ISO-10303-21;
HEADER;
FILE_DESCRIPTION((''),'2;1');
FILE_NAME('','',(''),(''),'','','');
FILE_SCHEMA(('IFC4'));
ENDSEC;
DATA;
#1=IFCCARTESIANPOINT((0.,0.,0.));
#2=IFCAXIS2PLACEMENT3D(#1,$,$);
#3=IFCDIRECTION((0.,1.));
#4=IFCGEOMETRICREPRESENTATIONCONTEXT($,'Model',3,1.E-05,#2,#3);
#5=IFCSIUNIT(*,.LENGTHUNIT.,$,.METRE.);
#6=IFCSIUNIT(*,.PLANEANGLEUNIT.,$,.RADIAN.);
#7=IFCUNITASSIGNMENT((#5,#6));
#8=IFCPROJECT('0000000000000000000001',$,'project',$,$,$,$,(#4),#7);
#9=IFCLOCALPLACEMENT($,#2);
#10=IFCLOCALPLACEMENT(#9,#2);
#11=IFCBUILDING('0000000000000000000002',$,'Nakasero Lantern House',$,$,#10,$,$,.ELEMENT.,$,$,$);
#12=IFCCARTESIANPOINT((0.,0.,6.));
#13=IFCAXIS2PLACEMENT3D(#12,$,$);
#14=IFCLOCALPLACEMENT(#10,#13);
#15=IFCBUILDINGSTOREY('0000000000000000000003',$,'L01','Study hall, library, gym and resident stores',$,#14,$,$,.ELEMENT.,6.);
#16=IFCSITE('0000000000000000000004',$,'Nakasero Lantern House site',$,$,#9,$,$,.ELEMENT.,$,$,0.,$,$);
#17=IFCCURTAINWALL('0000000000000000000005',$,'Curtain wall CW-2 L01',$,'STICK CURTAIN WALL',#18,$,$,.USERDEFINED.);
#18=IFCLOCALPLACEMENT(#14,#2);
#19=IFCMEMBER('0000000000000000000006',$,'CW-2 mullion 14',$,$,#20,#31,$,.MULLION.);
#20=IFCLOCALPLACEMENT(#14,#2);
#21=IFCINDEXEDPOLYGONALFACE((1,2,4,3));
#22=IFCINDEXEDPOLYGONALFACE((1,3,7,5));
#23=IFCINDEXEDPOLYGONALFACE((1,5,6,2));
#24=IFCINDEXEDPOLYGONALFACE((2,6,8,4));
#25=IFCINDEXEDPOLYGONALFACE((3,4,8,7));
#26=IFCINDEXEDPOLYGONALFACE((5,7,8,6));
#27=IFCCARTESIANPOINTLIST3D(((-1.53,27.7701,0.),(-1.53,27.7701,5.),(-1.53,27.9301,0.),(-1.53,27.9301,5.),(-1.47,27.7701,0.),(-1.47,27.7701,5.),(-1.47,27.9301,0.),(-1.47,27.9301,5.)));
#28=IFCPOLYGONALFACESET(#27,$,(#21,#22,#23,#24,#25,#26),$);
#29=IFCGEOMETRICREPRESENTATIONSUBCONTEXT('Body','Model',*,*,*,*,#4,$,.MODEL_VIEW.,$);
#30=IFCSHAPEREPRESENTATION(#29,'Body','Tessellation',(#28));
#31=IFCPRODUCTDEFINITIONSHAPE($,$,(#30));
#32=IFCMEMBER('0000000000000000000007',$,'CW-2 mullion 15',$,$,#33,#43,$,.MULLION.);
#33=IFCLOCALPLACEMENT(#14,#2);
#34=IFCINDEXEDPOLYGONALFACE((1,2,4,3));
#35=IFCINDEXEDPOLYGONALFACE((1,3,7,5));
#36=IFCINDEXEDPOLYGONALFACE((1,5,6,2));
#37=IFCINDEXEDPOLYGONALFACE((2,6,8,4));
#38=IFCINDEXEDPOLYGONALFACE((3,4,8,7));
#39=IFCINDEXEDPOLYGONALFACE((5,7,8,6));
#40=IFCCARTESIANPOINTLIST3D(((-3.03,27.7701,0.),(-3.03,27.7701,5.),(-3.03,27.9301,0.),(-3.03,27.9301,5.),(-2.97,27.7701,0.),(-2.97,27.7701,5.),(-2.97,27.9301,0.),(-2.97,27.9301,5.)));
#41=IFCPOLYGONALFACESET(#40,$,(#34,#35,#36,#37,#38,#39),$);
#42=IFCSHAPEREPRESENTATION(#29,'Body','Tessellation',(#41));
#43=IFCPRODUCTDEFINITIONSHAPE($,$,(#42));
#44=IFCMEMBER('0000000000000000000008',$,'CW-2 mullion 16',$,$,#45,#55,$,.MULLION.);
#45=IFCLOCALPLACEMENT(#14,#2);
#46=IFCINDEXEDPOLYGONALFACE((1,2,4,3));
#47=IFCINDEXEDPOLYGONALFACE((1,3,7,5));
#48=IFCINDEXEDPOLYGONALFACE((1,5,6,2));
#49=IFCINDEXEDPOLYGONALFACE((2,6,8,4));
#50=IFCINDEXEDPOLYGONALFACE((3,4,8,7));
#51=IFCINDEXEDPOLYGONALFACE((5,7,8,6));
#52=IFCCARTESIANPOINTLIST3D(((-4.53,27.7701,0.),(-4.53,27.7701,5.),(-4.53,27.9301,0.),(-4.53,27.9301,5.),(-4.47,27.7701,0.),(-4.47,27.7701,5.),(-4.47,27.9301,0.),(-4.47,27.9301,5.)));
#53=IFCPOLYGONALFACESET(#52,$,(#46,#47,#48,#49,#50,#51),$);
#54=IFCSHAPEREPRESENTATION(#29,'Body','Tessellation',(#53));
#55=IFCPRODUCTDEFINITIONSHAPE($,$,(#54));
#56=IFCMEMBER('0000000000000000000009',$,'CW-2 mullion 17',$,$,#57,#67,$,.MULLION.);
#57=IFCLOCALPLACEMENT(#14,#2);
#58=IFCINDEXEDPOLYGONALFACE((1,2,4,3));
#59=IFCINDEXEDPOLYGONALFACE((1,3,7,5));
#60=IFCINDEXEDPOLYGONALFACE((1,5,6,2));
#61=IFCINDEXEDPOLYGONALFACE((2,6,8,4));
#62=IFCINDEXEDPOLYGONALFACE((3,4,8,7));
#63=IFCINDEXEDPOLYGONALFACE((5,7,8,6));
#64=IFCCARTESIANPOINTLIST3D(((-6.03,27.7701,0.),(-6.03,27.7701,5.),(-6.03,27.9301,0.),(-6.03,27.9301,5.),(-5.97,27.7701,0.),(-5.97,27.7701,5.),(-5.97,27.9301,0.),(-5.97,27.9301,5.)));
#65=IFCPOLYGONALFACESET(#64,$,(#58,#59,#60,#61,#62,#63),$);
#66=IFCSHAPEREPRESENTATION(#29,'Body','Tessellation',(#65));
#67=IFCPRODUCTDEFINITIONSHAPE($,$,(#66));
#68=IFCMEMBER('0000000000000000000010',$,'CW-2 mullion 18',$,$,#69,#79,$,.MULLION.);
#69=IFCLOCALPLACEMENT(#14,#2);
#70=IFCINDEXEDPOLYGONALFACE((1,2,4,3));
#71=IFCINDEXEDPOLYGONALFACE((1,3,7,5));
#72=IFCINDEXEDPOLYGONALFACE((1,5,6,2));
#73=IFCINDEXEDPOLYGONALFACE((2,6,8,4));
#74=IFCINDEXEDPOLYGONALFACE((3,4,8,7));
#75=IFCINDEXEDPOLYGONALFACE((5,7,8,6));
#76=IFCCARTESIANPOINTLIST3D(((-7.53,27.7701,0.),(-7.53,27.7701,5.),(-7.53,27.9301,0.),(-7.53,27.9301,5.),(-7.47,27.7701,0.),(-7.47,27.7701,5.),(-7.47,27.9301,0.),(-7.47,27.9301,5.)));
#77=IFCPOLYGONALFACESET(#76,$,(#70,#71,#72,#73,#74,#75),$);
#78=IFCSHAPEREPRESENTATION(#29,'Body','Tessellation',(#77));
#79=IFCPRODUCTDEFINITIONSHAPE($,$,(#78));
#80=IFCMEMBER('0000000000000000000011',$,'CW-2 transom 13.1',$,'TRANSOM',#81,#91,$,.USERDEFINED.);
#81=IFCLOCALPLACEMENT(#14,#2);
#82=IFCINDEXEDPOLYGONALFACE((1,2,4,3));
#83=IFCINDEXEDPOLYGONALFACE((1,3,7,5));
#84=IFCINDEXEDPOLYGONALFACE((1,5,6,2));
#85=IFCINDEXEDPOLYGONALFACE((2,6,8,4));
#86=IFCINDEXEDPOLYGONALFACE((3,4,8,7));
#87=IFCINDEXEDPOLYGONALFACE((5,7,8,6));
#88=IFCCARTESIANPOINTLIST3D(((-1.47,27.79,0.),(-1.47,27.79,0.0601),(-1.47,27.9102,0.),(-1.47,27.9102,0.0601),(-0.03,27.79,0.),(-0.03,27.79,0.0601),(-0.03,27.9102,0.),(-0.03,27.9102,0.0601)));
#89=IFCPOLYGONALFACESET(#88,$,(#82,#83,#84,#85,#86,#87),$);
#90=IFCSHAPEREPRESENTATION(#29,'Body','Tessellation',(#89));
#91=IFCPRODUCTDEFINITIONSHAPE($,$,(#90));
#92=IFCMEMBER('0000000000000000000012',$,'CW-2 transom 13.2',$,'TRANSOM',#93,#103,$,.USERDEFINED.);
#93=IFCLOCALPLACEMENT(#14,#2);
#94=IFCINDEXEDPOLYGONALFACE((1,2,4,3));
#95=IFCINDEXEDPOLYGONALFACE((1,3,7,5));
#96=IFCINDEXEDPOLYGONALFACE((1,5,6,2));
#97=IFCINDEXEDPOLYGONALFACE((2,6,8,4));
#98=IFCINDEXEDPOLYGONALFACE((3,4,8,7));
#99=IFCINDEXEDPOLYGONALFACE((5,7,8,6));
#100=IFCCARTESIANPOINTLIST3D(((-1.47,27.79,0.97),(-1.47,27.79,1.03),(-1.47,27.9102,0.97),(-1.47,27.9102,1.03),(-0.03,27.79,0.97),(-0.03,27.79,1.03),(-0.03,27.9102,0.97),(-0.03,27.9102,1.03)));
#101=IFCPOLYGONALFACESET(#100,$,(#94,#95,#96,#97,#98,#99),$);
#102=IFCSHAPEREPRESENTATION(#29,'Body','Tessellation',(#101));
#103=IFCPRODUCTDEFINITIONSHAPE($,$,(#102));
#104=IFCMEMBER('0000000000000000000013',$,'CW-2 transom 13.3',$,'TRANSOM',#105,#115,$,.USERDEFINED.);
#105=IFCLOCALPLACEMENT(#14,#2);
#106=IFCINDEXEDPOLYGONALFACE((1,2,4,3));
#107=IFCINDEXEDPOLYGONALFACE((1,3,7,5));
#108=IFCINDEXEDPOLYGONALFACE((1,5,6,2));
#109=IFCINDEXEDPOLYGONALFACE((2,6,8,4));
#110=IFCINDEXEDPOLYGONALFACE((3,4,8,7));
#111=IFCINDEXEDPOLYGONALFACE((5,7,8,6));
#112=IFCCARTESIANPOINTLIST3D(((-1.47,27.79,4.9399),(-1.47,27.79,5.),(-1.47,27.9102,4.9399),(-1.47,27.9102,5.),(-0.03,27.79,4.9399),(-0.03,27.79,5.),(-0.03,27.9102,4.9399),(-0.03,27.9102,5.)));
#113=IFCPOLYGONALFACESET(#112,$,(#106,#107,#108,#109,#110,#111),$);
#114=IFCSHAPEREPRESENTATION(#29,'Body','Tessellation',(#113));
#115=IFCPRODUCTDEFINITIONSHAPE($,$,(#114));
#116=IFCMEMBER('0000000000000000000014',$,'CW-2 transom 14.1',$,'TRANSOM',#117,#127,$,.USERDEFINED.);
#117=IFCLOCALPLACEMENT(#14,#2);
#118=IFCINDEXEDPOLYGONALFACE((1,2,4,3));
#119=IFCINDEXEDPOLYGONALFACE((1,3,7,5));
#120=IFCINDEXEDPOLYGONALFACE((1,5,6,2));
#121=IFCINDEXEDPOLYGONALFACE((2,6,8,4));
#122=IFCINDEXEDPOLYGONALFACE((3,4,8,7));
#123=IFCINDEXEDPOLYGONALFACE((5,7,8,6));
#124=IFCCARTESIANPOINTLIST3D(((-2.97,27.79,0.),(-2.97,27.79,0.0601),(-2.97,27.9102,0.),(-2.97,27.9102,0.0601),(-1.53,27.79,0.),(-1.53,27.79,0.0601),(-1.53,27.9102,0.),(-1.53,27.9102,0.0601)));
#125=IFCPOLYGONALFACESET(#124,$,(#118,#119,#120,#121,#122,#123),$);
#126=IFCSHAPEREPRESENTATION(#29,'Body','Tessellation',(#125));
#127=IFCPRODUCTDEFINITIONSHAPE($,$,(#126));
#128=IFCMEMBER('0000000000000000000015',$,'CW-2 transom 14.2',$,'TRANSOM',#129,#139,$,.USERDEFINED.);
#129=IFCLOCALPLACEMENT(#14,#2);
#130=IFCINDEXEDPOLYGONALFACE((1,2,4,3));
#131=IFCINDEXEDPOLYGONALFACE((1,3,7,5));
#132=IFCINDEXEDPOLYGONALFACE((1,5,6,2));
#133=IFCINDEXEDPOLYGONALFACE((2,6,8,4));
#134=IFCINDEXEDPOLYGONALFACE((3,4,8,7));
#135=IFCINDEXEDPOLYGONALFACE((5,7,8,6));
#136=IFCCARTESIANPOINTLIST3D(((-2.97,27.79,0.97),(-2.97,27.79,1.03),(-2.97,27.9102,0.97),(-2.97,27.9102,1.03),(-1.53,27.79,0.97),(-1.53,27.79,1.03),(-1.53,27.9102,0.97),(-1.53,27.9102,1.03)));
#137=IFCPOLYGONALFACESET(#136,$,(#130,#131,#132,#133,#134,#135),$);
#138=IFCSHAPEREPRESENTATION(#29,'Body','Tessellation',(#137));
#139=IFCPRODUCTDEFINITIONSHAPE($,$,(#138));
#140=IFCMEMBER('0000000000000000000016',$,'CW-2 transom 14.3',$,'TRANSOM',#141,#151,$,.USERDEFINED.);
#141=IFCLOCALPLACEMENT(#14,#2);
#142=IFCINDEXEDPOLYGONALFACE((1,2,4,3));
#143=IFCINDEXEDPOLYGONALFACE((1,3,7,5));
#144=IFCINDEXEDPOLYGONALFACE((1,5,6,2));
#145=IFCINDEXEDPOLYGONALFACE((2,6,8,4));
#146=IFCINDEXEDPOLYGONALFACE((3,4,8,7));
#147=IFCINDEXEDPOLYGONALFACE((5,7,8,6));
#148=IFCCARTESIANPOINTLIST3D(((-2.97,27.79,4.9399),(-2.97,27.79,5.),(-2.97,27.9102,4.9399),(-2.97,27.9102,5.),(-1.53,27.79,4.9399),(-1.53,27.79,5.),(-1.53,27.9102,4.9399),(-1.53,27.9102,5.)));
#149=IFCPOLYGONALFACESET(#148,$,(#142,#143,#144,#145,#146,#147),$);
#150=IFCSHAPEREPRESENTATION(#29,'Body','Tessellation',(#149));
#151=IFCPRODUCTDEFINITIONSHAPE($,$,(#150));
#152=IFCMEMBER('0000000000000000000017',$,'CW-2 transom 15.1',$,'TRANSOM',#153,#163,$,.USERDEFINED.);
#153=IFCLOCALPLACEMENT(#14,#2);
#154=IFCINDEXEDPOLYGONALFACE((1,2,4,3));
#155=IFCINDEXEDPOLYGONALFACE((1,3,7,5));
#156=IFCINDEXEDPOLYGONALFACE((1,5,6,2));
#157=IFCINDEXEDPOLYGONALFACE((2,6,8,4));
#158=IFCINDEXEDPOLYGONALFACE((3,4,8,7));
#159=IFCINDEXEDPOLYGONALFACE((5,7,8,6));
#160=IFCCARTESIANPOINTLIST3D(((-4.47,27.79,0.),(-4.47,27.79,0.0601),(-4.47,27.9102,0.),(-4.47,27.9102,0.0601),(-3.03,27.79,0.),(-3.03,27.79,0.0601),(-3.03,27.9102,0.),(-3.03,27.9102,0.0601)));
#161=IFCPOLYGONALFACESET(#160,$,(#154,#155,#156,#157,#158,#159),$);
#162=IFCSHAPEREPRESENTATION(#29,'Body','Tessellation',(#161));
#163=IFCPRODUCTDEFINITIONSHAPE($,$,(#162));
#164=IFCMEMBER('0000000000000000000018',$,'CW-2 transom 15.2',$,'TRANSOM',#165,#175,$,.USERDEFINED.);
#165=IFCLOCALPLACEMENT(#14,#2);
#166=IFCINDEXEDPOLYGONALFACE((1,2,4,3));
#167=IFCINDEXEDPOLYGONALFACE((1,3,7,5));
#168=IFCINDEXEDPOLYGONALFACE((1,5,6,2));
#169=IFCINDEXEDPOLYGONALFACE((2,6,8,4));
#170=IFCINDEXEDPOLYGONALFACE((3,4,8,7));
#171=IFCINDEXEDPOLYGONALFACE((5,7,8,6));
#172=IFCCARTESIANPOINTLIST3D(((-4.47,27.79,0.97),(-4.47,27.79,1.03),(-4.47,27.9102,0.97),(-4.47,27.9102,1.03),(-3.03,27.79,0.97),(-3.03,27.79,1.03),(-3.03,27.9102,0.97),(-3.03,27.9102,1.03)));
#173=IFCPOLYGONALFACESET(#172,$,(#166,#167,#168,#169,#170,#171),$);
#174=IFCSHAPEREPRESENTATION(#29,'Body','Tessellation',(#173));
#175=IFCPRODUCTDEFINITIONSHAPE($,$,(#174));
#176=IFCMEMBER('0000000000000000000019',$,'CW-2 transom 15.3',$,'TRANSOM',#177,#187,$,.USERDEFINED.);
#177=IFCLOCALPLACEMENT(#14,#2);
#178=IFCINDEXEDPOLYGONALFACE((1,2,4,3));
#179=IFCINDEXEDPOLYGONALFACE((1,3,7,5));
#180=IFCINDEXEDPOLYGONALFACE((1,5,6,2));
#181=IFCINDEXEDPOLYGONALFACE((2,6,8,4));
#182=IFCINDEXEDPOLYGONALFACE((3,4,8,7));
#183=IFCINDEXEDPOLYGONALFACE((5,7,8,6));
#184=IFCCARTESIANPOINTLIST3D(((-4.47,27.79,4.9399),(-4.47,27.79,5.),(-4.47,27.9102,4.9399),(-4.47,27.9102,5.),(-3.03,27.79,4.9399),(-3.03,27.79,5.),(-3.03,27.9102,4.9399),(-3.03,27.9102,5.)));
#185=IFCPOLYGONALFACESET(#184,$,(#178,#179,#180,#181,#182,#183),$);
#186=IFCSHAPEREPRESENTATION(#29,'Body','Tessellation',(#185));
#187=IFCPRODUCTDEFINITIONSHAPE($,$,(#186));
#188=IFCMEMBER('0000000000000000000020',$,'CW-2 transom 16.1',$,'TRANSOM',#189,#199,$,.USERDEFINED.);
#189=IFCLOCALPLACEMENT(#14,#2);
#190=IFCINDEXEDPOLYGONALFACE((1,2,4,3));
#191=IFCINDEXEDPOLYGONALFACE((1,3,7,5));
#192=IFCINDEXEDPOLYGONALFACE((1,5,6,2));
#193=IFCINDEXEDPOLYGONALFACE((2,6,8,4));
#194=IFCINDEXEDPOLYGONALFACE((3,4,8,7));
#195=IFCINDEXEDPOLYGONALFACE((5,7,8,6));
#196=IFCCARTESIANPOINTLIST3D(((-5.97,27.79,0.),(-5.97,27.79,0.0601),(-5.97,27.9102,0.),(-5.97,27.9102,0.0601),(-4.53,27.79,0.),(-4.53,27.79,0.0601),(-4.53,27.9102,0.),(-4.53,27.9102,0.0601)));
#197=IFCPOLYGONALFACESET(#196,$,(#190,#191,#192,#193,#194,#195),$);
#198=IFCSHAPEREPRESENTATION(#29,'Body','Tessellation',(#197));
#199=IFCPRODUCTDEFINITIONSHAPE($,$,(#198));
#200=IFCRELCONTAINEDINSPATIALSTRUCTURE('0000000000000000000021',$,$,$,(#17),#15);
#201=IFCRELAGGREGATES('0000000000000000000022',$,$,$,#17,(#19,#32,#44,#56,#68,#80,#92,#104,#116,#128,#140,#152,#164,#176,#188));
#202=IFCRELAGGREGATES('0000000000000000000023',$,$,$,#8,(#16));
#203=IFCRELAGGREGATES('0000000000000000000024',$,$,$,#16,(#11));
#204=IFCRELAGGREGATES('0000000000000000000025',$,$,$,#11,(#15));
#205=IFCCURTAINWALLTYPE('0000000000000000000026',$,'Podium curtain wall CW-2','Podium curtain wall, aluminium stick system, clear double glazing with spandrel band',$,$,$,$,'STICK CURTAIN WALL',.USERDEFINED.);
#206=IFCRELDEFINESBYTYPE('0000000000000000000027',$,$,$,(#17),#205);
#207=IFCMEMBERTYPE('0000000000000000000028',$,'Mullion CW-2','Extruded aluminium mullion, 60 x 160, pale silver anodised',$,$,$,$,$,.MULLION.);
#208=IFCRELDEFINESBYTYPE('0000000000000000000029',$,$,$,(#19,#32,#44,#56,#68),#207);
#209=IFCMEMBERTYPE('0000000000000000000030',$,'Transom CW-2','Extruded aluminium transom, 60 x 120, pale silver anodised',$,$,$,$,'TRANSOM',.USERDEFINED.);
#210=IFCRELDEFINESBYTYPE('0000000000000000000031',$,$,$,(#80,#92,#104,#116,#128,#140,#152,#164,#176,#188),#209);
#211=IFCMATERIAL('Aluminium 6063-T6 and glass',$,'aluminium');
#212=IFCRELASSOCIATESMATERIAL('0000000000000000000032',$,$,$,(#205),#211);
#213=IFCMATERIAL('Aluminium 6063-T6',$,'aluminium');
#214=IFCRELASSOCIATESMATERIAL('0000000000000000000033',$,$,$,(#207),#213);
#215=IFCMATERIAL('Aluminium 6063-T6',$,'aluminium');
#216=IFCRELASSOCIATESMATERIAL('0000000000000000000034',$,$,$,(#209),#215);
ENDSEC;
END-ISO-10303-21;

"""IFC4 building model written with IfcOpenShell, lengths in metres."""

from ifc_helpers import new_model, si_unit, direction, frame, origin, origin_2d, place, context, subcontext, project, spatial, rectangle, extrude, material, material_profile, profile_set, type_object, element, aggregate, save


model = new_model("IFC4")

# Units and contexts
model_context = context("Model", 3, precision=1e-05, world=origin(), true_north=direction((0.0, 1.0)))
body_context = subcontext(model_context, "Body", "Model", "MODEL_VIEW")
ifc_project = project(units=[si_unit("LENGTHUNIT", "METRE"), si_unit("PLANEANGLEUNIT", "RADIAN")], contexts=[model_context])

# Site, building, storey
site_placement = place(None, origin())
site = spatial("IfcSite", under=ifc_project, at=site_placement, Name="Nakasero Lantern House site", CompositionType="ELEMENT", RefElevation=0.0)
building_placement = place(site_placement, origin())
building = spatial("IfcBuilding", under=site, at=building_placement, Name="Nakasero Lantern House", CompositionType="ELEMENT")
storey_placement = place(building_placement, frame((0.0, 0.0, 6.0)))
storey = spatial("IfcBuildingStorey", under=building, at=storey_placement, Name="L01", Description="Study hall, library, gym and resident stores", CompositionType="ELEMENT", Elevation=6.0)

# Curtain wall, members
ifc_material_1 = material(Name="Aluminium 6063-T6 and glass", Category="aluminium")
curtain_wall_type = type_object("IfcCurtainWallType", Name="Podium curtain wall CW-2", Description="Podium curtain wall, aluminium stick system, clear double glazing with spandrel band", ElementType="STICK CURTAIN WALL", PredefinedType="USERDEFINED", material=ifc_material_1)
curtain_wall_placement = place(storey_placement, origin())
curtain_wall = element("IfcCurtainWall", 1, at=curtain_wall_placement, inside=storey, type_object=curtain_wall_type, Name="Curtain wall CW-2 L01", ObjectType="STICK CURTAIN WALL", PredefinedType="USERDEFINED")
ifc_material_2 = material(Name="Aluminium 6063-T6", Category="aluminium")
ifc_material_profile_1 = material_profile(ifc_material_2, rectangle(XDim=0.0601, YDim=0.1599, at=origin_2d()), Name="CW-2 mullion 60x160")
ifc_profile_set_1 = profile_set([ifc_material_profile_1], Name="Aluminium 6063-T6")
member_type_1 = type_object("IfcMemberType", Name="Mullion CW-2", Description="Extruded aluminium mullion, 60 x 160, pale silver anodised", PredefinedType="MULLION", material=ifc_profile_set_1)
member_1_placement = place(storey_placement, frame((-1.5, 27.8501, 0.0), z_axis=(0.0, 0.0, 1.0), x_axis=(-1.0, 0.0, 0.0)))
member_1 = element("IfcMember", 2, at=member_1_placement, type_object=member_type_1, Name="CW-2 mullion 14", PredefinedType="MULLION", context=body_context, shape_type="SweptSolid", body=[
    extrude(rectangle(XDim=0.0601, YDim=0.1599, at=origin_2d()), origin(), (0.0, 0.0, 1.0), 5.0),
])
member_2_placement = place(storey_placement, frame((-3.0, 27.8501, 0.0), z_axis=(0.0, 0.0, 1.0), x_axis=(-1.0, 0.0, 0.0)))
member_2 = element("IfcMember", 3, at=member_2_placement, type_object=member_type_1, Name="CW-2 mullion 15", PredefinedType="MULLION", context=body_context, shape_type="SweptSolid", body=[
    extrude(rectangle(XDim=0.0601, YDim=0.1599, at=origin_2d()), origin(), (0.0, 0.0, 1.0), 5.0),
])
member_3_placement = place(storey_placement, frame((-4.5, 27.8501, 0.0), z_axis=(0.0, 0.0, 1.0), x_axis=(-1.0, 0.0, 0.0)))
member_3 = element("IfcMember", 4, at=member_3_placement, type_object=member_type_1, Name="CW-2 mullion 16", PredefinedType="MULLION", context=body_context, shape_type="SweptSolid", body=[
    extrude(rectangle(XDim=0.0601, YDim=0.1599, at=origin_2d()), origin(), (0.0, 0.0, 1.0), 5.0),
])
member_4_placement = place(storey_placement, frame((-6.0, 27.8501, 0.0), z_axis=(0.0, 0.0, 1.0), x_axis=(-1.0, 0.0, 0.0)))
member_4 = element("IfcMember", 5, at=member_4_placement, type_object=member_type_1, Name="CW-2 mullion 17", PredefinedType="MULLION", context=body_context, shape_type="SweptSolid", body=[
    extrude(rectangle(XDim=0.0601, YDim=0.1599, at=origin_2d()), origin(), (0.0, 0.0, 1.0), 5.0),
])
member_5_placement = place(storey_placement, frame((-7.5, 27.8501, 0.0), z_axis=(0.0, 0.0, 1.0), x_axis=(-1.0, 0.0, 0.0)))
member_5 = element("IfcMember", 6, at=member_5_placement, type_object=member_type_1, Name="CW-2 mullion 18", PredefinedType="MULLION", context=body_context, shape_type="SweptSolid", body=[
    extrude(rectangle(XDim=0.0601, YDim=0.1599, at=origin_2d()), origin(), (0.0, 0.0, 1.0), 5.0),
])
ifc_material_3 = material(Name="Aluminium 6063-T6", Category="aluminium")
ifc_material_profile_2 = material_profile(ifc_material_3, rectangle(XDim=0.0601, YDim=0.1201, at=origin_2d()), Name="CW-2 transom 60x120")
ifc_profile_set_2 = profile_set([ifc_material_profile_2], Name="Aluminium 6063-T6")
member_type_2 = type_object("IfcMemberType", Name="Transom CW-2", Description="Extruded aluminium transom, 60 x 120, pale silver anodised", ElementType="TRANSOM", PredefinedType="USERDEFINED", material=ifc_profile_set_2)
member_6_placement = place(storey_placement, frame((-0.03, 27.8501, 0.03), z_axis=(-1.0, 0.0, 0.0), x_axis=(0.0, 0.0, 1.0)))
member_6 = element("IfcMember", 7, at=member_6_placement, type_object=member_type_2, Name="CW-2 transom 13.1", ObjectType="TRANSOM", PredefinedType="USERDEFINED", context=body_context, shape_type="SweptSolid", body=[
    extrude(rectangle(XDim=0.0601, YDim=0.1201, at=origin_2d()), origin(), (0.0, 0.0, 1.0), 1.4399),
])
member_7_placement = place(storey_placement, frame((-0.03, 27.8501, 1.0), z_axis=(-1.0, 0.0, 0.0), x_axis=(0.0, 0.0, 1.0)))
member_7 = element("IfcMember", 8, at=member_7_placement, type_object=member_type_2, Name="CW-2 transom 13.2", ObjectType="TRANSOM", PredefinedType="USERDEFINED", context=body_context, shape_type="SweptSolid", body=[
    extrude(rectangle(XDim=0.0601, YDim=0.1201, at=origin_2d()), origin(), (0.0, 0.0, 1.0), 1.4399),
])
member_8_placement = place(storey_placement, frame((-0.03, 27.8501, 4.97), z_axis=(-1.0, 0.0, 0.0), x_axis=(0.0, 0.0, 1.0)))
member_8 = element("IfcMember", 9, at=member_8_placement, type_object=member_type_2, Name="CW-2 transom 13.3", ObjectType="TRANSOM", PredefinedType="USERDEFINED", context=body_context, shape_type="SweptSolid", body=[
    extrude(rectangle(XDim=0.0601, YDim=0.1201, at=origin_2d()), origin(), (0.0, 0.0, 1.0), 1.4399),
])
member_9_placement = place(storey_placement, frame((-1.53, 27.8501, 0.03), z_axis=(-1.0, 0.0, 0.0), x_axis=(0.0, 0.0, 1.0)))
member_9 = element("IfcMember", 10, at=member_9_placement, type_object=member_type_2, Name="CW-2 transom 14.1", ObjectType="TRANSOM", PredefinedType="USERDEFINED", context=body_context, shape_type="SweptSolid", body=[
    extrude(rectangle(XDim=0.0601, YDim=0.1201, at=origin_2d()), origin(), (0.0, 0.0, 1.0), 1.4399),
])
member_10_placement = place(storey_placement, frame((-1.53, 27.8501, 1.0), z_axis=(-1.0, 0.0, 0.0), x_axis=(0.0, 0.0, 1.0)))
member_10 = element("IfcMember", 11, at=member_10_placement, type_object=member_type_2, Name="CW-2 transom 14.2", ObjectType="TRANSOM", PredefinedType="USERDEFINED", context=body_context, shape_type="SweptSolid", body=[
    extrude(rectangle(XDim=0.0601, YDim=0.1201, at=origin_2d()), origin(), (0.0, 0.0, 1.0), 1.4399),
])
member_11_placement = place(storey_placement, frame((-1.53, 27.8501, 4.97), z_axis=(-1.0, 0.0, 0.0), x_axis=(0.0, 0.0, 1.0)))
member_11 = element("IfcMember", 12, at=member_11_placement, type_object=member_type_2, Name="CW-2 transom 14.3", ObjectType="TRANSOM", PredefinedType="USERDEFINED", context=body_context, shape_type="SweptSolid", body=[
    extrude(rectangle(XDim=0.0601, YDim=0.1201, at=origin_2d()), origin(), (0.0, 0.0, 1.0), 1.4399),
])
member_12_placement = place(storey_placement, frame((-3.03, 27.8501, 0.03), z_axis=(-1.0, 0.0, 0.0), x_axis=(0.0, 0.0, 1.0)))
member_12 = element("IfcMember", 13, at=member_12_placement, type_object=member_type_2, Name="CW-2 transom 15.1", ObjectType="TRANSOM", PredefinedType="USERDEFINED", context=body_context, shape_type="SweptSolid", body=[
    extrude(rectangle(XDim=0.0601, YDim=0.1201, at=origin_2d()), origin(), (0.0, 0.0, 1.0), 1.4399),
])
member_13_placement = place(storey_placement, frame((-3.03, 27.8501, 1.0), z_axis=(-1.0, 0.0, 0.0), x_axis=(0.0, 0.0, 1.0)))
member_13 = element("IfcMember", 14, at=member_13_placement, type_object=member_type_2, Name="CW-2 transom 15.2", ObjectType="TRANSOM", PredefinedType="USERDEFINED", context=body_context, shape_type="SweptSolid", body=[
    extrude(rectangle(XDim=0.0601, YDim=0.1201, at=origin_2d()), origin(), (0.0, 0.0, 1.0), 1.4399),
])
member_14_placement = place(storey_placement, frame((-3.03, 27.8501, 4.97), z_axis=(-1.0, 0.0, 0.0), x_axis=(0.0, 0.0, 1.0)))
member_14 = element("IfcMember", 15, at=member_14_placement, type_object=member_type_2, Name="CW-2 transom 15.3", ObjectType="TRANSOM", PredefinedType="USERDEFINED", context=body_context, shape_type="SweptSolid", body=[
    extrude(rectangle(XDim=0.0601, YDim=0.1201, at=origin_2d()), origin(), (0.0, 0.0, 1.0), 1.4399),
])
member_15_placement = place(storey_placement, frame((-4.53, 27.8501, 0.03), z_axis=(-1.0, 0.0, 0.0), x_axis=(0.0, 0.0, 1.0)))
member_15 = element("IfcMember", 16, at=member_15_placement, type_object=member_type_2, Name="CW-2 transom 16.1", ObjectType="TRANSOM", PredefinedType="USERDEFINED", context=body_context, shape_type="SweptSolid", body=[
    extrude(rectangle(XDim=0.0601, YDim=0.1201, at=origin_2d()), origin(), (0.0, 0.0, 1.0), 1.4399),
])
aggregate(curtain_wall, [member_1, member_2, member_3, member_4, member_5, member_6, member_7, member_8, member_9, member_10, member_11, member_12, member_13, member_14, member_15])

save(model, "model.ifc")
